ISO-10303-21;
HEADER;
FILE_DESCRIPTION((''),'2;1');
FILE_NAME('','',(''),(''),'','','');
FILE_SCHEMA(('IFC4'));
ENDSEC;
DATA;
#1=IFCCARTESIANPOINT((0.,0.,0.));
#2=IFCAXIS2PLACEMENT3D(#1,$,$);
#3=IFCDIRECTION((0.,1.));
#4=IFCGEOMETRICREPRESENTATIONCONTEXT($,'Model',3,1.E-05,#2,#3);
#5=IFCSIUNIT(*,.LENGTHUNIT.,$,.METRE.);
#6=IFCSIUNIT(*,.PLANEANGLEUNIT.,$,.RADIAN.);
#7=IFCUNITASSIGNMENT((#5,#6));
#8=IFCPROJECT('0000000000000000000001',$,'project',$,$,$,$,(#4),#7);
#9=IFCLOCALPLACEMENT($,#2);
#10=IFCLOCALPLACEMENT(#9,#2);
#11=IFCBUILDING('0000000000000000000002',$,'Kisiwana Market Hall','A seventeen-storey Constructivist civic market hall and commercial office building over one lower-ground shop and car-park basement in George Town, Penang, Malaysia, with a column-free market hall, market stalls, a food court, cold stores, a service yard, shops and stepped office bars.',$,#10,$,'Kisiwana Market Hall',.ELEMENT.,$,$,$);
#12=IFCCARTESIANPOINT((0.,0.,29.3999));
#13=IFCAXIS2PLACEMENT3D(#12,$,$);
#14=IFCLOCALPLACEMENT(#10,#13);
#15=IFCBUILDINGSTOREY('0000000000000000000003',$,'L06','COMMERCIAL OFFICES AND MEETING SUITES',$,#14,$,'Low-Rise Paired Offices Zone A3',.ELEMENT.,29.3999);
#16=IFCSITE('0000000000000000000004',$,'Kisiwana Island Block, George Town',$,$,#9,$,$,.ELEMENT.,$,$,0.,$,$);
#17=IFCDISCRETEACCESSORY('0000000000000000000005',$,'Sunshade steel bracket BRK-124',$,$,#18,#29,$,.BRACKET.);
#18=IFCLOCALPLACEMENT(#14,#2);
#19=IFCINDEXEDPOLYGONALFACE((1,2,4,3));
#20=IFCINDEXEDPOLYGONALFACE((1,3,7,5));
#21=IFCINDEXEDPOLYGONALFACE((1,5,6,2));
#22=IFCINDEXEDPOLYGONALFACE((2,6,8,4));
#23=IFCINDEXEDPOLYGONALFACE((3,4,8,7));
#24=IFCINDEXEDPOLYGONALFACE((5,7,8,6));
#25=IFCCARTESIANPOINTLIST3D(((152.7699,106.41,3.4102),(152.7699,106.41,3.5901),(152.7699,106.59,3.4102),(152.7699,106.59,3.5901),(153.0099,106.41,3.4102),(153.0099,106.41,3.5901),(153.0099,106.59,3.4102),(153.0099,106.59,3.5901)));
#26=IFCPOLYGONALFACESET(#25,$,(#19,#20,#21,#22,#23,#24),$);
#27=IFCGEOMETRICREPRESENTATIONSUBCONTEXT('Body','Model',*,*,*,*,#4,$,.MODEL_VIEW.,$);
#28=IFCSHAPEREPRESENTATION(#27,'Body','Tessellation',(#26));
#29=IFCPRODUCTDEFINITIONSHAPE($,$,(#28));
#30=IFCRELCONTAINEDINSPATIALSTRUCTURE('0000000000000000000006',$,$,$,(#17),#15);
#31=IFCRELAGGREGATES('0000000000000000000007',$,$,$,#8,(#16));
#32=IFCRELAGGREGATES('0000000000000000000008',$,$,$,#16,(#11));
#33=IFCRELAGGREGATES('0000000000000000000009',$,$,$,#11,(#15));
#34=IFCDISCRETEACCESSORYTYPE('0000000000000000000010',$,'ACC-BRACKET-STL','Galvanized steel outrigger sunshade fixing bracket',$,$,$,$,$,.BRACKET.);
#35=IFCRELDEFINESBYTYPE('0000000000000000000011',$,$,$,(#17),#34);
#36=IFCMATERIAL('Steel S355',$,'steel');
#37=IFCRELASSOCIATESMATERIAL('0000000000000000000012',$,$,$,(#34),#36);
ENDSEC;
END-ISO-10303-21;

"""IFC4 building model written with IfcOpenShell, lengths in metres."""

from ifc_helpers import new_model, si_unit, direction, frame, origin, origin_2d, place, context, subcontext, project, spatial, rectangle, extrude, material, type_object, element, save


model = new_model("IFC4")

# Units and contexts
model_context = context("Model", 3, precision=1e-05, world=origin(), true_north=direction((0.0, 1.0)))
body_context = subcontext(model_context, "Body", "Model", "MODEL_VIEW")
ifc_project = project(units=[si_unit("LENGTHUNIT", "METRE"), si_unit("PLANEANGLEUNIT", "RADIAN")], contexts=[model_context])

# Site, building, storey
site_placement = place(None, origin())
site = spatial("IfcSite", under=ifc_project, at=site_placement, Name="Kisiwana Island Block, George Town", CompositionType="ELEMENT", RefElevation=0.0)
building_placement = place(site_placement, origin())
building = spatial("IfcBuilding", under=site, at=building_placement, Name="Kisiwana Market Hall", Description="A seventeen-storey Constructivist civic market hall and commercial office building over one lower-ground shop and car-park basement in George Town, Penang, Malaysia, with a column-free market hall, market stalls, a food court, cold stores, a service yard, shops and stepped office bars.", LongName="Kisiwana Market Hall", CompositionType="ELEMENT")
storey_placement = place(building_placement, frame((0.0, 0.0, 29.3999)))
storey = spatial("IfcBuildingStorey", under=building, at=storey_placement, Name="L06", Description="COMMERCIAL OFFICES AND MEETING SUITES", LongName="Low-Rise Paired Offices Zone A3", CompositionType="ELEMENT", Elevation=29.3999)

# Discrete accessory
ifc_material_1 = material(Name="Steel S355", Category="steel")
discrete_accessory_type = type_object("IfcDiscreteAccessoryType", Name="ACC-BRACKET-STL", Description="Galvanized steel outrigger sunshade fixing bracket", PredefinedType="BRACKET", material=ifc_material_1)
discrete_accessory_placement = place(storey_placement, frame((152.8899, 106.5, 3.4102), z_axis=(0.0, 0.0, 1.0), x_axis=(0.0, 1.0, 0.0)))
element("IfcDiscreteAccessory", 1, at=discrete_accessory_placement, inside=storey, type_object=discrete_accessory_type, Name="Sunshade steel bracket BRK-124", PredefinedType="BRACKET", context=body_context, shape_type="SweptSolid", body=[
    extrude(rectangle(XDim=0.1799, YDim=0.24, at=origin_2d()), origin(), (0.0, 0.0, 1.0), 0.1799),
])

save(model, "model.ifc")
